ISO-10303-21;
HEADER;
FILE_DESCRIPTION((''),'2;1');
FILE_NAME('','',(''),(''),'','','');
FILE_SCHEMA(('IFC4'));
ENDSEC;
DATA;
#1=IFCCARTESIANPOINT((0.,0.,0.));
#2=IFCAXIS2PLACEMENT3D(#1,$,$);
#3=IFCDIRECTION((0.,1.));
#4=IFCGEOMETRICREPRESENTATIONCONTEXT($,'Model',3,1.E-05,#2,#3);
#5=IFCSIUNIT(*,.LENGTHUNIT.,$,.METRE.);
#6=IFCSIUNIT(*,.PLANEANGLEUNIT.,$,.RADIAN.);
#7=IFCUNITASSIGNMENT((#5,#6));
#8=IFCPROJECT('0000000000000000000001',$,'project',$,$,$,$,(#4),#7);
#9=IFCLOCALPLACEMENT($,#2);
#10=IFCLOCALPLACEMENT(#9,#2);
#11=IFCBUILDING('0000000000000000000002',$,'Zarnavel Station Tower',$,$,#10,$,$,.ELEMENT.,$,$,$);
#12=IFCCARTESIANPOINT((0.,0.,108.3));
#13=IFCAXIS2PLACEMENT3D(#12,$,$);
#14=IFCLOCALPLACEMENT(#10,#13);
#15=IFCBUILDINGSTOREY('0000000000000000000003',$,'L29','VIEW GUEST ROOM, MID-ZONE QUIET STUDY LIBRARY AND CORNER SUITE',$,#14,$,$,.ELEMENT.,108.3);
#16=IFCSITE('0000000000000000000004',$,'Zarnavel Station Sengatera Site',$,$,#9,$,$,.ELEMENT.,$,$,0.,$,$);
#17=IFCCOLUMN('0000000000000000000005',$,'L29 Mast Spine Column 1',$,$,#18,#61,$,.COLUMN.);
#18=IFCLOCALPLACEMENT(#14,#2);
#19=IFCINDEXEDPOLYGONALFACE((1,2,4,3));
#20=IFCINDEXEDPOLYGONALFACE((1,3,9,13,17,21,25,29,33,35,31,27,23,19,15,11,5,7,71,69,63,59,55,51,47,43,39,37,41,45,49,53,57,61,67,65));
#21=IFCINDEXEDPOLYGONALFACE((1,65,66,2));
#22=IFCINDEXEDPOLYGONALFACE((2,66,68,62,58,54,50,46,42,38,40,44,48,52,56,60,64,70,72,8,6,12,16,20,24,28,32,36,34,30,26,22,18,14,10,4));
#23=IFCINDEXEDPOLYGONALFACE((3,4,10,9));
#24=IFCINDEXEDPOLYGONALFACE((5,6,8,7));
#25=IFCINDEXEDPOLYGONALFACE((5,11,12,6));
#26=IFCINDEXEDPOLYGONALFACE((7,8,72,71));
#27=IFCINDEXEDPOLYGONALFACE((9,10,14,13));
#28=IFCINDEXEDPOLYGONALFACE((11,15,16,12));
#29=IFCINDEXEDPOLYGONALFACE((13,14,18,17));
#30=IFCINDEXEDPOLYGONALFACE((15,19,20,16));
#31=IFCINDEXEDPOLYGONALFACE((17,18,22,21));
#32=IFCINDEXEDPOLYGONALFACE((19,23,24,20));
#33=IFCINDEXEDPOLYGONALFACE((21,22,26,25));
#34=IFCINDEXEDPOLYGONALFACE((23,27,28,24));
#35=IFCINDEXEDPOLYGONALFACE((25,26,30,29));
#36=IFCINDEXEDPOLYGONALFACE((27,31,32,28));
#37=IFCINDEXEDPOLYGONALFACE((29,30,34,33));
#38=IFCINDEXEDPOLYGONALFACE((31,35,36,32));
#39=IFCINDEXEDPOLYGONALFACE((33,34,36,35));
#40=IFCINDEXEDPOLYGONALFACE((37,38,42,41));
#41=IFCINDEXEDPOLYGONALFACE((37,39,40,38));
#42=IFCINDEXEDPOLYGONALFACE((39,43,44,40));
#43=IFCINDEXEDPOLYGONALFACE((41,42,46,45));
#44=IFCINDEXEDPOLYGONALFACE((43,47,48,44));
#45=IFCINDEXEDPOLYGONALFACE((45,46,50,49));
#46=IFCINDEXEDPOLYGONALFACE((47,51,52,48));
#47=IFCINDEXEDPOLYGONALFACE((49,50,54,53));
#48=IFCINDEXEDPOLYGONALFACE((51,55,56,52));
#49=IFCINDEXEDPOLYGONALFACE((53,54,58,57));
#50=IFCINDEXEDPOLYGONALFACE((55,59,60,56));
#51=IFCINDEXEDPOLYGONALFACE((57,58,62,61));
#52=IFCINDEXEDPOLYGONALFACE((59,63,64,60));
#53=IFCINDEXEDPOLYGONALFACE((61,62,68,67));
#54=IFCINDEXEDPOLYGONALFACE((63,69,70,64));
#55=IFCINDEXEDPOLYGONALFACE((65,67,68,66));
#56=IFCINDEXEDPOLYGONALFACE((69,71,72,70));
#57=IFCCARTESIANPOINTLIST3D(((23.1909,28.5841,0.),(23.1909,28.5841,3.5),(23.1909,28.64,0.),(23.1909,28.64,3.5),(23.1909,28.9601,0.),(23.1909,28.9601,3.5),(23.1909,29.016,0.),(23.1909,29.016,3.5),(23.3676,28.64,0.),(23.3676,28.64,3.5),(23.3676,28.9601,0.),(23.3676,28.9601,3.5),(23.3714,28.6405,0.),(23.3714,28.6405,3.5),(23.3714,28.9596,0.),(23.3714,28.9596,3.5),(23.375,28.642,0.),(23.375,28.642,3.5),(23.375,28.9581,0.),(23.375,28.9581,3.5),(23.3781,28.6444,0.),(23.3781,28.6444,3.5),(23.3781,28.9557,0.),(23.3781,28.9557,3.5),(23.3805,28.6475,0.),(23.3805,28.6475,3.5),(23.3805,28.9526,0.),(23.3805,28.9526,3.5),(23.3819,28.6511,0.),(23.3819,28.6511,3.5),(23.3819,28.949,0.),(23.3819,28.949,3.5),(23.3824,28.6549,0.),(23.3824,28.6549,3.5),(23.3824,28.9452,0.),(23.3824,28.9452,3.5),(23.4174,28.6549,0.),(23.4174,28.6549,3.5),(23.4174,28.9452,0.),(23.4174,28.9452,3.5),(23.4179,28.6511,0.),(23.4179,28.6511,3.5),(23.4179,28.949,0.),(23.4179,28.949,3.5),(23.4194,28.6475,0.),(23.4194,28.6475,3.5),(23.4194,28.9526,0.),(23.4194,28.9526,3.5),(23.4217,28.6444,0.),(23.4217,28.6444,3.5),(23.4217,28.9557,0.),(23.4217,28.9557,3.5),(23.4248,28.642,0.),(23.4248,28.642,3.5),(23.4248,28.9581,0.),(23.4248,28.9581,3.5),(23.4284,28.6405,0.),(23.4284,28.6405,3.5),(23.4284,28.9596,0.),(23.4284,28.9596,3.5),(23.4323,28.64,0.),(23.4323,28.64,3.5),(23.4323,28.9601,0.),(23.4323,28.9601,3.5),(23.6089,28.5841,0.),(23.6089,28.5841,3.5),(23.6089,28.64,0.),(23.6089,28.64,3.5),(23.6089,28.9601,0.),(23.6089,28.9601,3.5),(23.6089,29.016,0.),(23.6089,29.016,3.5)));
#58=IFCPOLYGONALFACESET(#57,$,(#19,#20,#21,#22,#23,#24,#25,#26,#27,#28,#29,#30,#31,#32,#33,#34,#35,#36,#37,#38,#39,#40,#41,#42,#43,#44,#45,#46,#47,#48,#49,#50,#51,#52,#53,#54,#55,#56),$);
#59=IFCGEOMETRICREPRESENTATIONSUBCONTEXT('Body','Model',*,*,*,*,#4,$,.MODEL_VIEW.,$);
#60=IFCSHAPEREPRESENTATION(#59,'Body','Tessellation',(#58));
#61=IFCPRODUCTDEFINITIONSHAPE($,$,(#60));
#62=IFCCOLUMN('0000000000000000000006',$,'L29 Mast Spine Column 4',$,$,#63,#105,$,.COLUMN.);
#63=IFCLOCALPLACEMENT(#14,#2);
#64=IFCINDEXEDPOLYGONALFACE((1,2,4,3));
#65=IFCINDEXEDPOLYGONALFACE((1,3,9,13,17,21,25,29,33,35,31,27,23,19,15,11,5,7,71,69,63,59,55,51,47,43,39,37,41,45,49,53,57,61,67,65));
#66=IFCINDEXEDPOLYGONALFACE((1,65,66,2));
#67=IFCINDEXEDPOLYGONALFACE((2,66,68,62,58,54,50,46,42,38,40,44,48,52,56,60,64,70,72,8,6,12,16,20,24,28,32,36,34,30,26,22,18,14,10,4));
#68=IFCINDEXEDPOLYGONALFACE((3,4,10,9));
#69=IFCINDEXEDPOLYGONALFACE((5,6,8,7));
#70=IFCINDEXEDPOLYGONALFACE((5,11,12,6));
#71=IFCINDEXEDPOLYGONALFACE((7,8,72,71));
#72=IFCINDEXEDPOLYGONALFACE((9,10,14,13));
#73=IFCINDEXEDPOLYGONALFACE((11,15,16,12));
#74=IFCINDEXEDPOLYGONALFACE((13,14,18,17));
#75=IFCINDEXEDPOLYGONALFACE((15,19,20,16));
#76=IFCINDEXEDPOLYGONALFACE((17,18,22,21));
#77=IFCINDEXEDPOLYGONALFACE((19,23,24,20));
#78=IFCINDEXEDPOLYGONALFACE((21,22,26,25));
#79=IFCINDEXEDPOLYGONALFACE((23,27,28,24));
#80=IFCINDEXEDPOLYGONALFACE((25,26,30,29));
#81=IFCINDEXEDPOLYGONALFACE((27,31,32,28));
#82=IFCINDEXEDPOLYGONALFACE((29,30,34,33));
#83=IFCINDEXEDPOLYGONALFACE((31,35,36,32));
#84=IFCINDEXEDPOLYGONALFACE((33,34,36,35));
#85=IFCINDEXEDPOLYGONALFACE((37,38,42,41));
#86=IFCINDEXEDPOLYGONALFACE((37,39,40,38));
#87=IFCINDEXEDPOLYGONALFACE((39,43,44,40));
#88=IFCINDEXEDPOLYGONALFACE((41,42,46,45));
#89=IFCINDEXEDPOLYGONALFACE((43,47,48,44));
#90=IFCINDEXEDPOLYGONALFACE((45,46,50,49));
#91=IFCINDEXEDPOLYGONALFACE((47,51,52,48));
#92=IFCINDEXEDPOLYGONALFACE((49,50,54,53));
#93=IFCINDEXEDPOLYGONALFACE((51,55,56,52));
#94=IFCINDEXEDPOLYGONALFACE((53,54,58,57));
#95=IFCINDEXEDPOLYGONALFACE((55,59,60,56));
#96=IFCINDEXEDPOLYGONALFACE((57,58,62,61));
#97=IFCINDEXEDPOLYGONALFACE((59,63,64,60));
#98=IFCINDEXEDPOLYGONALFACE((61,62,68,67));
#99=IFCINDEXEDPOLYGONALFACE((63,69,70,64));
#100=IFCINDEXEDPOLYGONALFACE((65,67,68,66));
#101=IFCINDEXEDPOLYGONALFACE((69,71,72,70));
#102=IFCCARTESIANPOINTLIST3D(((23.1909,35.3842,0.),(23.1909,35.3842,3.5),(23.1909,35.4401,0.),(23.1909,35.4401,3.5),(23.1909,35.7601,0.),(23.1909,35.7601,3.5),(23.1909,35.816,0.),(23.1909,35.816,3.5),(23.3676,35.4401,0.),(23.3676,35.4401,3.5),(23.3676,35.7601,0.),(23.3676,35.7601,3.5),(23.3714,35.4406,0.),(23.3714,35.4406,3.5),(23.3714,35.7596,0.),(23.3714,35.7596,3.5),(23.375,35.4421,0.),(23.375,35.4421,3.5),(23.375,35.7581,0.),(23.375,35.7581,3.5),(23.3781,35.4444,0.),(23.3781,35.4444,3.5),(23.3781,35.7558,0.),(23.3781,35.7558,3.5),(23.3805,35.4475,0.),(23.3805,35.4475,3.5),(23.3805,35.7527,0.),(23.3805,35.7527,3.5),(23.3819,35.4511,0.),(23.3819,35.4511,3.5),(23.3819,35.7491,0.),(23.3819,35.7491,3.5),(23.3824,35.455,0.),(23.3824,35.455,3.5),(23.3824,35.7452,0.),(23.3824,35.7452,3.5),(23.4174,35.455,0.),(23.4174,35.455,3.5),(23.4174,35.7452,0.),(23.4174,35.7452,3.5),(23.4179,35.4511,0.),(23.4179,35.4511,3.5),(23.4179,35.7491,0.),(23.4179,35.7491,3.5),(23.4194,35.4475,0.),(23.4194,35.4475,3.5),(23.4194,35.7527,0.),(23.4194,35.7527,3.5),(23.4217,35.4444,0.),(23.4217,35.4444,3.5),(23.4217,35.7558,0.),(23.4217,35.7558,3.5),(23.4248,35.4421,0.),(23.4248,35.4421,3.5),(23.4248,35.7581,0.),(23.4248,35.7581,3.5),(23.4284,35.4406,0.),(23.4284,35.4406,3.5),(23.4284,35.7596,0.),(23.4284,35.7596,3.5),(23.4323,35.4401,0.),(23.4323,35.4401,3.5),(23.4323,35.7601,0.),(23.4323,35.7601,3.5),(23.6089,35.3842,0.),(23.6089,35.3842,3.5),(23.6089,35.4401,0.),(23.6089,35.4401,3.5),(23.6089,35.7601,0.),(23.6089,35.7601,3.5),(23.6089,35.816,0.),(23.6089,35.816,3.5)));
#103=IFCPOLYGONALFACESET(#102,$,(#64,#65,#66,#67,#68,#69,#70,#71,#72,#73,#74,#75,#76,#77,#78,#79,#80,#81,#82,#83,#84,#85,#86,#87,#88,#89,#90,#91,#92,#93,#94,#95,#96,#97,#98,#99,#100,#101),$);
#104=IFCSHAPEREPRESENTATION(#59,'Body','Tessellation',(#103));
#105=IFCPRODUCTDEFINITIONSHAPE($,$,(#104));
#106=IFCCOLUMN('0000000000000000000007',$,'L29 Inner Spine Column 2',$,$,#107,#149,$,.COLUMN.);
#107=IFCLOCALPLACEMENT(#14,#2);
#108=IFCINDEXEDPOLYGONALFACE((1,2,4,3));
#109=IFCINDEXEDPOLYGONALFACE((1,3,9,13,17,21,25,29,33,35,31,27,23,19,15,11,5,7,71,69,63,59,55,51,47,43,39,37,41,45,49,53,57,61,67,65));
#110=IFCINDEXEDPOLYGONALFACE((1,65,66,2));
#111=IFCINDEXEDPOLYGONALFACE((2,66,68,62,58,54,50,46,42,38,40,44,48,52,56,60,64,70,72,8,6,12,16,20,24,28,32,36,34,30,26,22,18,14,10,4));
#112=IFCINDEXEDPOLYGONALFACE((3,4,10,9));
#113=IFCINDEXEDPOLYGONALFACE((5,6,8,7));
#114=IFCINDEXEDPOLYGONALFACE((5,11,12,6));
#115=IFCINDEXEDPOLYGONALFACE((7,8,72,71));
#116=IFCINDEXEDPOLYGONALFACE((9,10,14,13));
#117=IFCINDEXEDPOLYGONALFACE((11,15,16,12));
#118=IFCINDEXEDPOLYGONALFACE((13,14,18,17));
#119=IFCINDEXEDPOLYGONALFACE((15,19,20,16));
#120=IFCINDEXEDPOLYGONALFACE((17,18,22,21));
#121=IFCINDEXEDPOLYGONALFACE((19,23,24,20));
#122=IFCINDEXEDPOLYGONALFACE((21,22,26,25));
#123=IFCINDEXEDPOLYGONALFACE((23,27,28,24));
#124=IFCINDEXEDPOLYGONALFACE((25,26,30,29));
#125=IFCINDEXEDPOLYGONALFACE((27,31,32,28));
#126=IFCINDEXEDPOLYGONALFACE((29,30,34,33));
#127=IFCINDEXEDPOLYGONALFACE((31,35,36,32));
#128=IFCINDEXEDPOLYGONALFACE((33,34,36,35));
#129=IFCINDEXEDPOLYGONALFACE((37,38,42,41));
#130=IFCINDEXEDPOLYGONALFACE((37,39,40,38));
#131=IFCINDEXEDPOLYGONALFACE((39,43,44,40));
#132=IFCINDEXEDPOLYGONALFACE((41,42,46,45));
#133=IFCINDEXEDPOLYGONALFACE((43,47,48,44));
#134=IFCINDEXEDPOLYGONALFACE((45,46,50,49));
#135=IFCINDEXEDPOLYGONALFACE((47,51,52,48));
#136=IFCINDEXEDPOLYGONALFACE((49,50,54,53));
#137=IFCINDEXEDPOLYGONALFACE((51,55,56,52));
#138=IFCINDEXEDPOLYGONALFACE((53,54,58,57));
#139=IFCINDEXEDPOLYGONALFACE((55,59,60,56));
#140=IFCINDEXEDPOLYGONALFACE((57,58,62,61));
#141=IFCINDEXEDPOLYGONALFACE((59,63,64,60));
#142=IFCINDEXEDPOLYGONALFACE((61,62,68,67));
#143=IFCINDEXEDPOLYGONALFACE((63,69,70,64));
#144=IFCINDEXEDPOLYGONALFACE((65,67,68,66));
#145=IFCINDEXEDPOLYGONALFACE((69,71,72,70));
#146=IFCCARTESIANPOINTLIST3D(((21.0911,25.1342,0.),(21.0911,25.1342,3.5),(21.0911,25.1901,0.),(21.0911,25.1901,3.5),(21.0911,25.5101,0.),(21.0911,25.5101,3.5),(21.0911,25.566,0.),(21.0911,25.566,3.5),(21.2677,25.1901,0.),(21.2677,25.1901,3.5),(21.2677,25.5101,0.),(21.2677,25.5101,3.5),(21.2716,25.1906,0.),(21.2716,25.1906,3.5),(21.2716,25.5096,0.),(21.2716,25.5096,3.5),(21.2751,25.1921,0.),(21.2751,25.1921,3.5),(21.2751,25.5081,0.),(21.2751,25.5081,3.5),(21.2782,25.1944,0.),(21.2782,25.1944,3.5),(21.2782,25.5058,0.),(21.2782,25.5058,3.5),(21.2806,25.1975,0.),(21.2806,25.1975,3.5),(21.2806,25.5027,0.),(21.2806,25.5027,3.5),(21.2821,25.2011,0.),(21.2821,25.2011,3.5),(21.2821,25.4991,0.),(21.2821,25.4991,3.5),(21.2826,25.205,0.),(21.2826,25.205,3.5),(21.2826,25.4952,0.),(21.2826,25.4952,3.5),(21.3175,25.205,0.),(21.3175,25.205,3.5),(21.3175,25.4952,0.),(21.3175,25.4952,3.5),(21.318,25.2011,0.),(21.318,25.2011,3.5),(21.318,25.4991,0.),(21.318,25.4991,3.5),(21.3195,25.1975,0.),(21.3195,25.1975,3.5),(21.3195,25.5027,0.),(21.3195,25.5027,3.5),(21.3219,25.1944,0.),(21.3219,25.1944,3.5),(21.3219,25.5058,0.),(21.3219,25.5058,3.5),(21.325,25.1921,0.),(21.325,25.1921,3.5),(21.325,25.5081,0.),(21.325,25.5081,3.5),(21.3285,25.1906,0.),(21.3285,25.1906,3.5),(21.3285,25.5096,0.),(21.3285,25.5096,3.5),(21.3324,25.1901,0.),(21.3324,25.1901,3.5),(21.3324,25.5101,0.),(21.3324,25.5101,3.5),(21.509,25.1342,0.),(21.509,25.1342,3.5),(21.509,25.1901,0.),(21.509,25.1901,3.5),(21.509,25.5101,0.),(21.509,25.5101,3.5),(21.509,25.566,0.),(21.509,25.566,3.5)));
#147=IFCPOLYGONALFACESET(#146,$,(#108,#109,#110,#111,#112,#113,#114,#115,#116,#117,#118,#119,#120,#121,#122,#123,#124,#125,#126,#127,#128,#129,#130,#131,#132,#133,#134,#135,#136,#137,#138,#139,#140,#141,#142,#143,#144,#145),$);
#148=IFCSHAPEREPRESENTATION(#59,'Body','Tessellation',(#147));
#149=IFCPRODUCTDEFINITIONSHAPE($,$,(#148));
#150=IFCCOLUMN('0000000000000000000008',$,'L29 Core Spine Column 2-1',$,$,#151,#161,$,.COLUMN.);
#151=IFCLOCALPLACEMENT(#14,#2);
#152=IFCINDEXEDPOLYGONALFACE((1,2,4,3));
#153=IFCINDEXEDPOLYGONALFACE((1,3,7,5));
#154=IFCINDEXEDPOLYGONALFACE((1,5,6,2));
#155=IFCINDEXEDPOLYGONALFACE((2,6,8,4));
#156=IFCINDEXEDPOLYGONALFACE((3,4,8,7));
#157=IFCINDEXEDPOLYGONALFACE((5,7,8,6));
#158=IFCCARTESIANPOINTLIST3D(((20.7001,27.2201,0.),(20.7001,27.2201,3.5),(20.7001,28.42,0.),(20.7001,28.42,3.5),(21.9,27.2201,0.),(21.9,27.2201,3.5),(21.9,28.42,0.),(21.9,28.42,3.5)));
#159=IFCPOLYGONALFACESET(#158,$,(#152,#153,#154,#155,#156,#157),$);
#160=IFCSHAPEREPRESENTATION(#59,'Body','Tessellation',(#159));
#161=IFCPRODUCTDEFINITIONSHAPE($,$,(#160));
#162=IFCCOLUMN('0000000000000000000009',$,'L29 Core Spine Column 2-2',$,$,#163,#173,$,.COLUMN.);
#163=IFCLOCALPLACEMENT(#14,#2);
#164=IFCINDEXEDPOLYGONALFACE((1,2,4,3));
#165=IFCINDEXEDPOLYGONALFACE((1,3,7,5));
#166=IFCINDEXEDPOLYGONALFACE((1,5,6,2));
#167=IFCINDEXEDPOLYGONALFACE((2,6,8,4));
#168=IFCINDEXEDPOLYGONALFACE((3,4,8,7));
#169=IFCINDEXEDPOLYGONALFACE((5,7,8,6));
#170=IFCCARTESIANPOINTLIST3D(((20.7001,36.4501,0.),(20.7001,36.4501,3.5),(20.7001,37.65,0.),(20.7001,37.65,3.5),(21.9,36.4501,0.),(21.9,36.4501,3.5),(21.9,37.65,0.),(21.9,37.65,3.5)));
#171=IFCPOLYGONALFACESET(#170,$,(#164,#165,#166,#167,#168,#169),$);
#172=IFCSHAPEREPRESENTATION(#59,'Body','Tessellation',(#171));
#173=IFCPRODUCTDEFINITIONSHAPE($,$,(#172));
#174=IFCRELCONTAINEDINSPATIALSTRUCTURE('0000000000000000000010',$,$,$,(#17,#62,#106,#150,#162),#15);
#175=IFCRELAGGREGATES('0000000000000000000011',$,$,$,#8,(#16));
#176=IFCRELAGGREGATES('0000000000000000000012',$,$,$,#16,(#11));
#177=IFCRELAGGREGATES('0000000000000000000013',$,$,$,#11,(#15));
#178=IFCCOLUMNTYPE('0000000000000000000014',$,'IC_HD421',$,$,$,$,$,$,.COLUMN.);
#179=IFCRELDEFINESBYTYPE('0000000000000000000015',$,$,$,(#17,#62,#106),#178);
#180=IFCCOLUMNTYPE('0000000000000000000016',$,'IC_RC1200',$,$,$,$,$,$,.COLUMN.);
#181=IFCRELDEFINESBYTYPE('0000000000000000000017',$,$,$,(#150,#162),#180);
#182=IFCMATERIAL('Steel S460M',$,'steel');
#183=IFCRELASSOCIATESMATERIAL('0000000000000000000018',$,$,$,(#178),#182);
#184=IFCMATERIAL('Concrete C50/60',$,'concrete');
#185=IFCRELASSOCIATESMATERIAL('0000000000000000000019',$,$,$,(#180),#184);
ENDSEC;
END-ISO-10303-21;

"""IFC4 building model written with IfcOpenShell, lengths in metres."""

from ifc_helpers import new_model, si_unit, direction, frame, origin, origin_2d, place, context, subcontext, project, spatial, rectangle, i_section, extrude, material, material_profile, profile_set, type_object, element, save


model = new_model("IFC4")

# Units and contexts
model_context = context("Model", 3, precision=1e-05, world=origin(), true_north=direction((0.0, 1.0)))
body_context = subcontext(model_context, "Body", "Model", "MODEL_VIEW")
ifc_project = project(units=[si_unit("LENGTHUNIT", "METRE"), si_unit("PLANEANGLEUNIT", "RADIAN")], contexts=[model_context])

# Site, building, storey
site_placement = place(None, origin())
site = spatial("IfcSite", under=ifc_project, at=site_placement, Name="Zarnavel Station Sengatera Site", CompositionType="ELEMENT", RefElevation=0.0)
building_placement = place(site_placement, origin())
building = spatial("IfcBuilding", under=site, at=building_placement, Name="Zarnavel Station Tower", CompositionType="ELEMENT")
storey_placement = place(building_placement, frame((0.0, 0.0, 108.3)))
storey = spatial("IfcBuildingStorey", under=building, at=storey_placement, Name="L29", Description="VIEW GUEST ROOM, MID-ZONE QUIET STUDY LIBRARY AND CORNER SUITE", CompositionType="ELEMENT", Elevation=108.3)

# Columns
ifc_material_1 = material(Name="Steel S460M", Category="steel")
ifc_material_profile_1 = material_profile(ifc_material_1, i_section(OverallWidth=0.418, OverallDepth=0.4319, WebThickness=0.0349, FlangeThickness=0.0559, FilletRadius=0.0149, at=origin_2d()), Name="HD400x421")
ifc_profile_set_1 = profile_set([ifc_material_profile_1], Name="Steel S460M")
column_type_1 = type_object("IfcColumnType", Name="IC_HD421", PredefinedType="COLUMN", material=ifc_profile_set_1)
for number, where, z_axis, x_axis, name in (
    (1, (23.3999, 28.8, 0.0), (0.0, 0.0, 1.0), (1.0, 0.0, 0.0), "L29 Mast Spine Column 1"),
    (2, (23.3999, 35.6001, 0.0), (0.0, 0.0, 1.0), (1.0, 0.0, 0.0), "L29 Mast Spine Column 4"),
    (3, (21.3, 25.3501, 0.0), (0.0, 0.0, 1.0), (1.0, 0.0, 0.0), "L29 Inner Spine Column 2"),
):
    element("IfcColumn", number, at=place(storey_placement, frame(where, z_axis=z_axis, x_axis=x_axis)), inside=storey, type_object=column_type_1, Name=name, PredefinedType="COLUMN", context=body_context, shape_type="SweptSolid", body=[
        extrude(i_section(OverallWidth=0.418, OverallDepth=0.4319, WebThickness=0.0349, FlangeThickness=0.0559, FilletRadius=0.0149, at=origin_2d()), origin(), (0.0, 0.0, 1.0), 3.5),
    ])
ifc_material_2 = material(Name="Concrete C50/60", Category="concrete")
ifc_material_profile_2 = material_profile(ifc_material_2, rectangle(XDim=1.2, YDim=1.2, at=origin_2d()), Name="RC1200x1200")
ifc_profile_set_2 = profile_set([ifc_material_profile_2], Name="Concrete C50/60")
column_type_2 = type_object("IfcColumnType", Name="IC_RC1200", PredefinedType="COLUMN", material=ifc_profile_set_2)
for number, where, z_axis, x_axis, name in (
    (4, (21.3, 27.8201, 0.0), (0.0, 0.0, 1.0), (1.0, 0.0, 0.0), "L29 Core Spine Column 2-1"),
    (5, (21.3, 37.05, 0.0), (0.0, 0.0, 1.0), (1.0, 0.0, 0.0), "L29 Core Spine Column 2-2"),
):
    element("IfcColumn", number, at=place(storey_placement, frame(where, z_axis=z_axis, x_axis=x_axis)), inside=storey, type_object=column_type_2, Name=name, PredefinedType="COLUMN", context=body_context, shape_type="SweptSolid", body=[
        extrude(rectangle(XDim=1.2, YDim=1.2, at=origin_2d()), origin(), (0.0, 0.0, 1.0), 3.5),
    ])

save(model, "model.ifc")
